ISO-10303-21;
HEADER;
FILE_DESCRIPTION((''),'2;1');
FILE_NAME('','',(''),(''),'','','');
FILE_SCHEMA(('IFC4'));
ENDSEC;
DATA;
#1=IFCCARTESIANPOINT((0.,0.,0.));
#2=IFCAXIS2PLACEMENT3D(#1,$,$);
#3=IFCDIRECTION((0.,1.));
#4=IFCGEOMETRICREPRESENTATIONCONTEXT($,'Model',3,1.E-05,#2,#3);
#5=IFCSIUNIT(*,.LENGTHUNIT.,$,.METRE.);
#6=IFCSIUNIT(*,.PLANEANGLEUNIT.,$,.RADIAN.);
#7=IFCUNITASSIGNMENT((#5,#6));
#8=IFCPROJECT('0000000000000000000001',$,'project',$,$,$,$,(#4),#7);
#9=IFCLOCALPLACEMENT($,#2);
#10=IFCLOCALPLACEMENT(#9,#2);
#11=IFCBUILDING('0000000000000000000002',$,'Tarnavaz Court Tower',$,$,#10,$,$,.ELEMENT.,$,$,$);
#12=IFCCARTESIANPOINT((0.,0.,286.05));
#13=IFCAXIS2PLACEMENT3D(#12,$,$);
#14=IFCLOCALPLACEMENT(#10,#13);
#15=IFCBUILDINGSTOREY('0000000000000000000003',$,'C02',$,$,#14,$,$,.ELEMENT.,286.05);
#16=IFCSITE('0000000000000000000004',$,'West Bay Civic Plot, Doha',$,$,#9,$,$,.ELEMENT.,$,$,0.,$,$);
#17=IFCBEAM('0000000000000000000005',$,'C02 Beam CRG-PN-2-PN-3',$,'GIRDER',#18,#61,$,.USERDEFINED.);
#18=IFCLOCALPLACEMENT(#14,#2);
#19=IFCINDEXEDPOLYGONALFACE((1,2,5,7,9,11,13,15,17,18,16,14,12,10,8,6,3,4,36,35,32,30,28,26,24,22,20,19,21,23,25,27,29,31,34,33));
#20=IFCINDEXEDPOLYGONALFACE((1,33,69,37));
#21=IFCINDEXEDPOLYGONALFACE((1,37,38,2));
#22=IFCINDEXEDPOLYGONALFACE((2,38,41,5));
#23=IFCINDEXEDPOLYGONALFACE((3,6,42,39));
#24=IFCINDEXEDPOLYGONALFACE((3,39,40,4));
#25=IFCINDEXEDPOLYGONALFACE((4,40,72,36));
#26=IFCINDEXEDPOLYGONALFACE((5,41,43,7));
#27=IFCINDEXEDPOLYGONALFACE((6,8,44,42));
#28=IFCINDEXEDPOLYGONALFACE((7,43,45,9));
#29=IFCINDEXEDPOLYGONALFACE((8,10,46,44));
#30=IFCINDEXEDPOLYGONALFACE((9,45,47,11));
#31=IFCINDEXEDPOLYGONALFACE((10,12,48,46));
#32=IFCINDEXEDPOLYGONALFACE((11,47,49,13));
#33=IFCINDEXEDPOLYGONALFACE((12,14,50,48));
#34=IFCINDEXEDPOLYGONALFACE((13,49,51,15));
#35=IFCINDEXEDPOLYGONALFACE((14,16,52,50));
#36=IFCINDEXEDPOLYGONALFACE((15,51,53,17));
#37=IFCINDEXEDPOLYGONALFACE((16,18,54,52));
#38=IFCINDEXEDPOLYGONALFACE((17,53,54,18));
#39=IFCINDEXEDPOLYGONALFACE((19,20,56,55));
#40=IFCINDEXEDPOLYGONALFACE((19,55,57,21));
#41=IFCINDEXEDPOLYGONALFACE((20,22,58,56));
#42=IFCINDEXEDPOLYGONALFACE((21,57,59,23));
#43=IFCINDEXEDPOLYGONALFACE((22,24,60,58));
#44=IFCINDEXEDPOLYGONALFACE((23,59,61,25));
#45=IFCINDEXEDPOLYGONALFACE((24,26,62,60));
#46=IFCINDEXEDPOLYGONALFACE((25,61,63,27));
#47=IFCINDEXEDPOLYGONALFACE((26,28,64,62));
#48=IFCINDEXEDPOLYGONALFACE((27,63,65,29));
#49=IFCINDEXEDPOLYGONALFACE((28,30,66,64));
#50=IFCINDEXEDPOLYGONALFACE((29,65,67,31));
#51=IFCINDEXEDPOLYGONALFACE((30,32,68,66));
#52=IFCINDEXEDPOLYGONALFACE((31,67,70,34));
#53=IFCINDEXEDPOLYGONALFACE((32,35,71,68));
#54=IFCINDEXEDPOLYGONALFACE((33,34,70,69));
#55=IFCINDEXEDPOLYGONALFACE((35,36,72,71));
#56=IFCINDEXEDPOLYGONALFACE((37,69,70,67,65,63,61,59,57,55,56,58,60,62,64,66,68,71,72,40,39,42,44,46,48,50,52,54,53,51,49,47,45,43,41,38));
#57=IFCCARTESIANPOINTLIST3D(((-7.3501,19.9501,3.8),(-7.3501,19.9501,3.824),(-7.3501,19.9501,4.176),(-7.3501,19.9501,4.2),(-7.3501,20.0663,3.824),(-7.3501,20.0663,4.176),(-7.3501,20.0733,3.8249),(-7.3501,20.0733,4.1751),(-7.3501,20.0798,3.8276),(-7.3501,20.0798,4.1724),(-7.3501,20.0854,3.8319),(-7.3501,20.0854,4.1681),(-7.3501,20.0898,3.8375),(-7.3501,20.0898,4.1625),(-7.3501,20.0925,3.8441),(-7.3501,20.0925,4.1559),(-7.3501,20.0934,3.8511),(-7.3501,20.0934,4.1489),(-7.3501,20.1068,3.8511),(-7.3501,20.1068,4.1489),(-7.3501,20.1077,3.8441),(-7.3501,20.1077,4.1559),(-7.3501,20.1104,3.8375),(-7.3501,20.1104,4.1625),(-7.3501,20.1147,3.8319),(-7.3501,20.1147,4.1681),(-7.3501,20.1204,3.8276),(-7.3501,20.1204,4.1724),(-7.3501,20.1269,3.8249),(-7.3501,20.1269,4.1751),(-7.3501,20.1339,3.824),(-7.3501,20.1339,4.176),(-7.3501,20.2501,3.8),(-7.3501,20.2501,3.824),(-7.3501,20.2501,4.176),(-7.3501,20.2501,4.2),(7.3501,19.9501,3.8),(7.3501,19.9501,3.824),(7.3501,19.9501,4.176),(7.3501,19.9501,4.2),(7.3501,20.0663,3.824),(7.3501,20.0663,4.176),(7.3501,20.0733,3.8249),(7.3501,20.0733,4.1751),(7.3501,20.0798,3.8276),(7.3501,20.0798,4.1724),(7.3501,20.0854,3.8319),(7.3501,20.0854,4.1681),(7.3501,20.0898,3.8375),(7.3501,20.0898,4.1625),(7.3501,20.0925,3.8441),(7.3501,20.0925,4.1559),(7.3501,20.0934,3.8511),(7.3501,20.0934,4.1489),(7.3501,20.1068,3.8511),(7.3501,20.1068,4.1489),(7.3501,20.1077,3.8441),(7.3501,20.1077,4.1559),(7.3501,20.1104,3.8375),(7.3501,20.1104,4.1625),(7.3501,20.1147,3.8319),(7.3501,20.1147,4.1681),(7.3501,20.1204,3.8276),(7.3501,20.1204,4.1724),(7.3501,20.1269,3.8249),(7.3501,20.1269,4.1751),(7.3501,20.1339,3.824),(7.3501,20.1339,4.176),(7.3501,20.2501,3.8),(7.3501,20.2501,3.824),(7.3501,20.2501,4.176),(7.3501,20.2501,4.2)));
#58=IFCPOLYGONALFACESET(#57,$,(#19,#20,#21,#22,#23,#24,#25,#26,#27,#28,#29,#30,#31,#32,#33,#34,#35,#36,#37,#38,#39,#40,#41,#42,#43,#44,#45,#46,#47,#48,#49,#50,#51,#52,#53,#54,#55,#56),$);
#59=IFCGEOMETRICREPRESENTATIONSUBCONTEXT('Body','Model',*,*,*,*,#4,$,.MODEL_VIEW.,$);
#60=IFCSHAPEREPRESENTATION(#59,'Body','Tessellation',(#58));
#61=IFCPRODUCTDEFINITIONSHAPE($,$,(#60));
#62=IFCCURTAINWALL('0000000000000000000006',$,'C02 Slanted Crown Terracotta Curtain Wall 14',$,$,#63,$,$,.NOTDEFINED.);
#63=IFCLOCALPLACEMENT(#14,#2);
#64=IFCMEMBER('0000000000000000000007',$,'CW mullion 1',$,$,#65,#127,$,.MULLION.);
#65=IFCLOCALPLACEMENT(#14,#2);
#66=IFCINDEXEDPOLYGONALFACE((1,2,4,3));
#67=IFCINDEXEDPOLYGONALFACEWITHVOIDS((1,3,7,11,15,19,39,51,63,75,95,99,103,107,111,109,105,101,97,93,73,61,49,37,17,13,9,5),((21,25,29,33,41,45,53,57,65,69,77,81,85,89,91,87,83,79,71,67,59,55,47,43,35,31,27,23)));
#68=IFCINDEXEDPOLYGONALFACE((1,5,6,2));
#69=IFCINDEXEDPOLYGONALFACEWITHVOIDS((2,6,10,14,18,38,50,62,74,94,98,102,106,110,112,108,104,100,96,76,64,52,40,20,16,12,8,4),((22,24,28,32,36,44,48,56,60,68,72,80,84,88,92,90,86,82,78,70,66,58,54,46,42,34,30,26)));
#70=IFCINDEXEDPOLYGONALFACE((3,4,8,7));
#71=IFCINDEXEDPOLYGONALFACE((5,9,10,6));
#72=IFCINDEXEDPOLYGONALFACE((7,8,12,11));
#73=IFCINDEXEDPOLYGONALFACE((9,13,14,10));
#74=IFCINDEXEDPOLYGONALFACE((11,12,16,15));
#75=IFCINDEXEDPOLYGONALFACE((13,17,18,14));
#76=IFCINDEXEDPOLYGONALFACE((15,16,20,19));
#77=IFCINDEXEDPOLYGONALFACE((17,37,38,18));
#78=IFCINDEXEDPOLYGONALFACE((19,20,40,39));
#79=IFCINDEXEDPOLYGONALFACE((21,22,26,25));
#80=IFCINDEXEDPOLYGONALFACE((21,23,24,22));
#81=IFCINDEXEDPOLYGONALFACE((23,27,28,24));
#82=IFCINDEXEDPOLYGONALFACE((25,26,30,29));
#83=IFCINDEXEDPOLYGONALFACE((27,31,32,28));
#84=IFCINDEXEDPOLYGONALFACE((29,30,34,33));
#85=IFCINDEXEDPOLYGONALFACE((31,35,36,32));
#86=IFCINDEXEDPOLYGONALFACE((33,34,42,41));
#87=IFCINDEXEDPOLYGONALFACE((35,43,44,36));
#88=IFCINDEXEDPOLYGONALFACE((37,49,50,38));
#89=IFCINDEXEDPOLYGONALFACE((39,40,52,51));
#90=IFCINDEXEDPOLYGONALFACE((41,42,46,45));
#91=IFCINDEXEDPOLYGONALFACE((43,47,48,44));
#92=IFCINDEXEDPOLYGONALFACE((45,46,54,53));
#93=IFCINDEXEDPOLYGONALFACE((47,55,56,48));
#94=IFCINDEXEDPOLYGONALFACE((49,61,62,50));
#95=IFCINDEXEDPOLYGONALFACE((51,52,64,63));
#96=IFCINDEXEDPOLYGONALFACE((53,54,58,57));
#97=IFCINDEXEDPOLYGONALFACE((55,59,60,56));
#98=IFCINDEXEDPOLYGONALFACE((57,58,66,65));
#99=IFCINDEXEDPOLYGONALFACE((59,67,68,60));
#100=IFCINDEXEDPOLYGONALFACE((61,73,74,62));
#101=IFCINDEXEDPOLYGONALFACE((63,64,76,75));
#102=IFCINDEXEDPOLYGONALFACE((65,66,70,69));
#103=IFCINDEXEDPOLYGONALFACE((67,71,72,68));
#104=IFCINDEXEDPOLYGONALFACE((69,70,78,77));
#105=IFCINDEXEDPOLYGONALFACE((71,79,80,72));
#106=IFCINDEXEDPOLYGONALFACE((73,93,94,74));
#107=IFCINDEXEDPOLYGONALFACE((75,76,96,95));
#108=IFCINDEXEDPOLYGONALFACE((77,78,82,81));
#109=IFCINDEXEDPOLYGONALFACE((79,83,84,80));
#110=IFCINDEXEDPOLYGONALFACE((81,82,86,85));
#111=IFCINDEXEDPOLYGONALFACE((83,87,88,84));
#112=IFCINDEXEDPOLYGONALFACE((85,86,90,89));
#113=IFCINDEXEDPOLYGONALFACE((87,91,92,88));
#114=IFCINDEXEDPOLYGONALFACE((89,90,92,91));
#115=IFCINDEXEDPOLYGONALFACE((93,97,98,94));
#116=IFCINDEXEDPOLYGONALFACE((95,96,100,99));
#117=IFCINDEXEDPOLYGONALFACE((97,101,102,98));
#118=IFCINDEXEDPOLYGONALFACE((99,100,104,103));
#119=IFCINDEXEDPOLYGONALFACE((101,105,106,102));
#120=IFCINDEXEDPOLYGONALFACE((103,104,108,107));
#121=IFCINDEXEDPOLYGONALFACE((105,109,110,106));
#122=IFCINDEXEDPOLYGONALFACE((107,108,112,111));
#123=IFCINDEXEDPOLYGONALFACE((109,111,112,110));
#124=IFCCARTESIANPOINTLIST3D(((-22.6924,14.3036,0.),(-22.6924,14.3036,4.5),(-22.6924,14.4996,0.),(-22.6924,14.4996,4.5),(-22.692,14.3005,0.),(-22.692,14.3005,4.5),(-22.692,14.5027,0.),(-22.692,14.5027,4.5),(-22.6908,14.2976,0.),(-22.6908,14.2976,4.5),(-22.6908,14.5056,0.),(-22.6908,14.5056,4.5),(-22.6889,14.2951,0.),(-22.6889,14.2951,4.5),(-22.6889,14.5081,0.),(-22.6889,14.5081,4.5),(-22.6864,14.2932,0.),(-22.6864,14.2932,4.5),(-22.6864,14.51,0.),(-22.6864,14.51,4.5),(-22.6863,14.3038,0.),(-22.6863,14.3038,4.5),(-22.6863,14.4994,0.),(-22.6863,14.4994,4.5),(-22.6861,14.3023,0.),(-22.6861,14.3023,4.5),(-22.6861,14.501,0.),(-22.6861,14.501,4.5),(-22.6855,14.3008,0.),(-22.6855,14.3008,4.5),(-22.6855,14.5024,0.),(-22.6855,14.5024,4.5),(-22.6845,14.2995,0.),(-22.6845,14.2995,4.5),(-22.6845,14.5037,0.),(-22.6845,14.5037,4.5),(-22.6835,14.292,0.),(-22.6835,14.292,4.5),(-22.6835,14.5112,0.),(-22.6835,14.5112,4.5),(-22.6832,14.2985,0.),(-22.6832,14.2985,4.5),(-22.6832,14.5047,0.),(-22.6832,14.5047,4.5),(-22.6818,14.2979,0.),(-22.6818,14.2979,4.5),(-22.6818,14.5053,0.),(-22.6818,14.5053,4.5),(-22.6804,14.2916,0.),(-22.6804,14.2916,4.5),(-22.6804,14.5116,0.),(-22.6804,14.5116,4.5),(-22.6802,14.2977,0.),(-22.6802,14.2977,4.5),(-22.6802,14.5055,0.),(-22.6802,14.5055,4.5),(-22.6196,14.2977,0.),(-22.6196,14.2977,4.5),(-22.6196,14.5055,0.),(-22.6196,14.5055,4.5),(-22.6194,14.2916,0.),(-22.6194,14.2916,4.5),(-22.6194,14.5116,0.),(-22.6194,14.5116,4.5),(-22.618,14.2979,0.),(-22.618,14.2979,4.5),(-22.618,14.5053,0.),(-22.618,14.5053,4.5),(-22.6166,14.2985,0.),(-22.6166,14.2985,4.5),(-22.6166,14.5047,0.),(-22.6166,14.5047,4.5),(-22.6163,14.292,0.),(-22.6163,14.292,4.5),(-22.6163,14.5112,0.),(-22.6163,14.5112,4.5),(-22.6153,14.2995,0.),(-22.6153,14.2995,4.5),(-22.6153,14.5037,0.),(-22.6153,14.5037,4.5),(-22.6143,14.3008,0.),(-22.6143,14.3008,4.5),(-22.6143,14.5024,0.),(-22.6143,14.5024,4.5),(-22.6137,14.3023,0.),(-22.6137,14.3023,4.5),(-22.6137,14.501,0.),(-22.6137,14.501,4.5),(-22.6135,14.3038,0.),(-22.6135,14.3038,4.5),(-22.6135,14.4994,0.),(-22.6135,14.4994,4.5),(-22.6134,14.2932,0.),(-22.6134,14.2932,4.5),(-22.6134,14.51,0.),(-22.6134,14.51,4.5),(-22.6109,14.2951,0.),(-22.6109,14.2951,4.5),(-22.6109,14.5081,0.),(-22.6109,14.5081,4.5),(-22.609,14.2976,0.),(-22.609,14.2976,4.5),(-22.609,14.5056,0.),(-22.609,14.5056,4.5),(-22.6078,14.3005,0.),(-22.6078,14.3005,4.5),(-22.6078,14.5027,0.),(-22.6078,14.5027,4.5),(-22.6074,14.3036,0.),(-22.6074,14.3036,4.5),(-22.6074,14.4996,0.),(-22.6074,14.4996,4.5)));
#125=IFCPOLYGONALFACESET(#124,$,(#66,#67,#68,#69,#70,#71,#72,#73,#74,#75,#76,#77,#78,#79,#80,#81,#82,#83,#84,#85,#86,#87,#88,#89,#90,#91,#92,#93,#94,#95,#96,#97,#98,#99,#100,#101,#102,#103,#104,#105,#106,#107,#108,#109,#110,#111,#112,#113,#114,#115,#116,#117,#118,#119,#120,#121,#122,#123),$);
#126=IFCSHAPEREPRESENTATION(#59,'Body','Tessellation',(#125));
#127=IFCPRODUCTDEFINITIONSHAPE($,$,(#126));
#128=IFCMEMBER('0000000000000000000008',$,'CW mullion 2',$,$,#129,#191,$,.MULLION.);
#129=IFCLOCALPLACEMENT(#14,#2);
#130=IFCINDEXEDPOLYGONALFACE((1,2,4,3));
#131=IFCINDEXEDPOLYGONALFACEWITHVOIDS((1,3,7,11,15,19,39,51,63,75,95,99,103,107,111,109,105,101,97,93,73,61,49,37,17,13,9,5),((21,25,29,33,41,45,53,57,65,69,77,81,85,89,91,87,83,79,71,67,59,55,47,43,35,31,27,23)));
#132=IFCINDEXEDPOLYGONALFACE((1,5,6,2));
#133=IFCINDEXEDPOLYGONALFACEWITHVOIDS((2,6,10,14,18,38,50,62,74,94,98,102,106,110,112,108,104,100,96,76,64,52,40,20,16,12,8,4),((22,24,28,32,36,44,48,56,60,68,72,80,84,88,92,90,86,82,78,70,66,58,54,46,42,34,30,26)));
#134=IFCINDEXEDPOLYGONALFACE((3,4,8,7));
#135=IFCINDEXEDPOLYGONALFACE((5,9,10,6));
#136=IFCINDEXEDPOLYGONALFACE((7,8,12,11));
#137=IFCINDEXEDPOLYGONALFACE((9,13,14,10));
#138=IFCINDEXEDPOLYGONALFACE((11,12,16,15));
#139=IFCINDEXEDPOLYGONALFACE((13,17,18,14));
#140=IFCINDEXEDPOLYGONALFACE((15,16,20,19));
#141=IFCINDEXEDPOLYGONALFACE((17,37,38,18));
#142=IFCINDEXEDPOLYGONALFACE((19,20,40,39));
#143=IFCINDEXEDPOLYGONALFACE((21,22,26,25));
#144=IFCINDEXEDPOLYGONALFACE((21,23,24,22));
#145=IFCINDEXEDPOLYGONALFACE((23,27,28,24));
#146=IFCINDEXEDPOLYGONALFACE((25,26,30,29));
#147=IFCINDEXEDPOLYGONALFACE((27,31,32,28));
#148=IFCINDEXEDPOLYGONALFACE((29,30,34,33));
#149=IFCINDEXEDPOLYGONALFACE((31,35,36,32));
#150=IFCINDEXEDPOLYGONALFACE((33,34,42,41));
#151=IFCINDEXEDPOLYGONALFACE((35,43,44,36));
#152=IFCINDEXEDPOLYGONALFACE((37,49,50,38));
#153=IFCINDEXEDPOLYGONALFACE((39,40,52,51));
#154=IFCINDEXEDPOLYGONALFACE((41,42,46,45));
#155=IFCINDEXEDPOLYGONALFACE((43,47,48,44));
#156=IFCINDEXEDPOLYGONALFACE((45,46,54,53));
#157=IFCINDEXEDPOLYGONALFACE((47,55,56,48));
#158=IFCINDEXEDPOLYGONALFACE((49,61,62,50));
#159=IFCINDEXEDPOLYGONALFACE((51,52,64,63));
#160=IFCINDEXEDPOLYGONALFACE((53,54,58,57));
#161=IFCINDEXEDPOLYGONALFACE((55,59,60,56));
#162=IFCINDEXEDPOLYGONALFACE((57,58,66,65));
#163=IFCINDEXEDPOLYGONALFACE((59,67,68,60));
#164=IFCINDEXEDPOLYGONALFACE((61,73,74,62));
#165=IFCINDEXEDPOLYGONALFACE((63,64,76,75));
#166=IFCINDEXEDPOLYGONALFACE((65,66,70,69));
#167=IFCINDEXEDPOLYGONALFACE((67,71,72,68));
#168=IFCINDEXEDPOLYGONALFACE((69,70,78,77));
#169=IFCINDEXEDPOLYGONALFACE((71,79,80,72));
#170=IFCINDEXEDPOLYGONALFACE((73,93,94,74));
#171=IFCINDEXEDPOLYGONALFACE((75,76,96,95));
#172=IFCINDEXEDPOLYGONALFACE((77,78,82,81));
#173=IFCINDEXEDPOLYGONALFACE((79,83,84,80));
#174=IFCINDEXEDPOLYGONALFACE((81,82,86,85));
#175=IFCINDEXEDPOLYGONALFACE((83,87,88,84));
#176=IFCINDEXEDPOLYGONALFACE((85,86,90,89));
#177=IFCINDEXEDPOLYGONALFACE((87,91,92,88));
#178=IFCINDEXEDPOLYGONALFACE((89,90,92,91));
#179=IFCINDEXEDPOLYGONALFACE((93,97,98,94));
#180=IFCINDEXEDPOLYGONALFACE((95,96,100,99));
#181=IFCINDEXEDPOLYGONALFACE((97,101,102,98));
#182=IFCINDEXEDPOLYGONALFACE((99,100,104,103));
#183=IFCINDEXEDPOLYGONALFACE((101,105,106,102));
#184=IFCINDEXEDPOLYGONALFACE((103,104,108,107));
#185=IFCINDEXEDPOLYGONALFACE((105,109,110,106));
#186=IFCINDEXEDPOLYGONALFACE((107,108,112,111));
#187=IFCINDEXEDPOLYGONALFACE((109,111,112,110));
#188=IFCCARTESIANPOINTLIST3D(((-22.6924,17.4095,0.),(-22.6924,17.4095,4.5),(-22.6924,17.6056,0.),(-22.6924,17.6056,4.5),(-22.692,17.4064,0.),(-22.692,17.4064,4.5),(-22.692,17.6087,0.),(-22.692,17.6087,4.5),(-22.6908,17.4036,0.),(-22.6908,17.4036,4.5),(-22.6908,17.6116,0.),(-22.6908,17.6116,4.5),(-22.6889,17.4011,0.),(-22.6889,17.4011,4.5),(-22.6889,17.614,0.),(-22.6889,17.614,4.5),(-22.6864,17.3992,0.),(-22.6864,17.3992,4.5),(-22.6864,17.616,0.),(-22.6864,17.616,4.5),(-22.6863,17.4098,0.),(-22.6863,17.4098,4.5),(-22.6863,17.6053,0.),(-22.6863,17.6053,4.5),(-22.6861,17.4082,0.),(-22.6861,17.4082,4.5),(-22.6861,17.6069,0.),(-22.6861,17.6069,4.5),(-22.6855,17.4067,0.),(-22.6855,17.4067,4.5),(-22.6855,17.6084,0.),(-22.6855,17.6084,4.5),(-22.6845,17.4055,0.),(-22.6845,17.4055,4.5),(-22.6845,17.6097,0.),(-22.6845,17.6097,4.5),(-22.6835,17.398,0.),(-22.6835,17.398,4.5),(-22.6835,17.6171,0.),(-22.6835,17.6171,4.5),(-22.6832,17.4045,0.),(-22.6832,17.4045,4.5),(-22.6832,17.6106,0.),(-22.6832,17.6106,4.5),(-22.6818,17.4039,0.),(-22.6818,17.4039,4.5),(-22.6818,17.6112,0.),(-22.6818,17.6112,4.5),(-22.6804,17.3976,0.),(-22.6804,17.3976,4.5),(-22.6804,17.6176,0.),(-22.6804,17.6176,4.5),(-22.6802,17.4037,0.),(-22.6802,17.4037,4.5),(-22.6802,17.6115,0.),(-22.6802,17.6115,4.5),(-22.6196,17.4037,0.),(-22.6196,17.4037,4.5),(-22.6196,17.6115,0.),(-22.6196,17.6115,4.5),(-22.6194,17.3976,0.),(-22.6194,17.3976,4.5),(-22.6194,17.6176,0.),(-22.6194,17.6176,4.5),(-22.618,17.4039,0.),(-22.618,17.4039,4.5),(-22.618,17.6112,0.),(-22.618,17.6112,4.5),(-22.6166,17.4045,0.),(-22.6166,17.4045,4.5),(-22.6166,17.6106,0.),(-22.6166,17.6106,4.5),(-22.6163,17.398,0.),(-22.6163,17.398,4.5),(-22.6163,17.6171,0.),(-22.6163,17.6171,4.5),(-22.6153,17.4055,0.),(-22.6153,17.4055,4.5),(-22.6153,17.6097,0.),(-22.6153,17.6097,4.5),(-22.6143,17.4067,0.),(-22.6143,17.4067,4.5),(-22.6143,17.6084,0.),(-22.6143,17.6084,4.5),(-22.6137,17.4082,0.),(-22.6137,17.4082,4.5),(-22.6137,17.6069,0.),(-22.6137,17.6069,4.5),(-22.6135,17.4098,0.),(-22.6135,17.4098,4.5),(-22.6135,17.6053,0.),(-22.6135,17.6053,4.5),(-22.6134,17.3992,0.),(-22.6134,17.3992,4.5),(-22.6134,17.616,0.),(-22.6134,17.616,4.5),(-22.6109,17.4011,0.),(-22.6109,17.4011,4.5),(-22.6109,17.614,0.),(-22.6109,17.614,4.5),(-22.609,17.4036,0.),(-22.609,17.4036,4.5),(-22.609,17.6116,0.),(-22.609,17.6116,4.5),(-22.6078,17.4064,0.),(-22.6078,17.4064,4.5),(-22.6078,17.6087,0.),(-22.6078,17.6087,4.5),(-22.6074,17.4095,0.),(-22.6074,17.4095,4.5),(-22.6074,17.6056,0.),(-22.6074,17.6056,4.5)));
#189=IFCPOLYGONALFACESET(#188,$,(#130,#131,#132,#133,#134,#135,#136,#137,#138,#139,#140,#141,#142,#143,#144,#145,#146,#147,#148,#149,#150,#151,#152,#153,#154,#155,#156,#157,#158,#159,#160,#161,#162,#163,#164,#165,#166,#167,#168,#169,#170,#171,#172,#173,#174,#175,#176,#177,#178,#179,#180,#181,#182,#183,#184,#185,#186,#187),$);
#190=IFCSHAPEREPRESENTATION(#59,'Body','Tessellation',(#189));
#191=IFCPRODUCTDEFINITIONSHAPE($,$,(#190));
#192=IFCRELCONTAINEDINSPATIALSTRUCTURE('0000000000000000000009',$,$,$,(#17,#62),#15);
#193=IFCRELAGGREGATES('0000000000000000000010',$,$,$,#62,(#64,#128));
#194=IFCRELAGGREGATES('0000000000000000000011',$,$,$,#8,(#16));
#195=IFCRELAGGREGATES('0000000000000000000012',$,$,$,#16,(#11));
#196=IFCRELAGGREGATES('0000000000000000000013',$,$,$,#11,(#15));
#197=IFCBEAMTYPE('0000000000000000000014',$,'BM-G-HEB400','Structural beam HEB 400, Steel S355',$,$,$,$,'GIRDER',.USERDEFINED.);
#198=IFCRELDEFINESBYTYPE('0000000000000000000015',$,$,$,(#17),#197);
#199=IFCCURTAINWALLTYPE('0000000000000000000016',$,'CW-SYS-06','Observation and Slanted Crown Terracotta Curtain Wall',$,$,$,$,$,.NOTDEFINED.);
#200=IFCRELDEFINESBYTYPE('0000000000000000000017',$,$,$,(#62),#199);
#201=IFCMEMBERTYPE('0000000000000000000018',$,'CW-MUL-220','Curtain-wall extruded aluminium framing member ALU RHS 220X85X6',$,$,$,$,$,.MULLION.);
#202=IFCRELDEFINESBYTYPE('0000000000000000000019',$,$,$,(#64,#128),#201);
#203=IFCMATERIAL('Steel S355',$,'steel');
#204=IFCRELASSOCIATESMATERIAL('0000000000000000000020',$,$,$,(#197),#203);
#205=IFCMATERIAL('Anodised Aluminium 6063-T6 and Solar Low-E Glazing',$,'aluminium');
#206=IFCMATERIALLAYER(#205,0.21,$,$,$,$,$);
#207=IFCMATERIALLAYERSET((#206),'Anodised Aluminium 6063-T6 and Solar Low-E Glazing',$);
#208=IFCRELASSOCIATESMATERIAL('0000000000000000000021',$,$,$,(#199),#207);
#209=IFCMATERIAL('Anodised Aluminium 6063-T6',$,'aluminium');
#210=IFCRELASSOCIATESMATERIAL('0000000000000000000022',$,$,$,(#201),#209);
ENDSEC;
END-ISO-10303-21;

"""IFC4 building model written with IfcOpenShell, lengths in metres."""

from ifc_helpers import new_model, si_unit, direction, frame, origin, origin_2d, place, context, subcontext, project, spatial, hollow_rectangle, i_section, extrude, material, layer, layer_set, material_profile, profile_set, type_object, element, aggregate, save


model = new_model("IFC4")

# Units and contexts
model_context = context("Model", 3, precision=1e-05, world=origin(), true_north=direction((0.0, 1.0)))
body_context = subcontext(model_context, "Body", "Model", "MODEL_VIEW")
ifc_project = project(units=[si_unit("LENGTHUNIT", "METRE"), si_unit("PLANEANGLEUNIT", "RADIAN")], contexts=[model_context])

# Site, building, storey
site_placement = place(None, origin())
site = spatial("IfcSite", under=ifc_project, at=site_placement, Name="West Bay Civic Plot, Doha", CompositionType="ELEMENT", RefElevation=0.0)
building_placement = place(site_placement, origin())
building = spatial("IfcBuilding", under=site, at=building_placement, Name="Tarnavaz Court Tower", CompositionType="ELEMENT")
storey_placement = place(building_placement, frame((0.0, 0.0, 286.05)))
storey = spatial("IfcBuildingStorey", under=building, at=storey_placement, Name="C02", CompositionType="ELEMENT", Elevation=286.05)

# Shared definitions
ifc_material_1 = material(Name="Steel S355", Category="steel")

# Beam
ifc_material_profile_1 = material_profile(ifc_material_1, i_section(OverallWidth=0.3, OverallDepth=0.3999, WebThickness=0.0134, FlangeThickness=0.0239, FilletRadius=0.0271, at=origin_2d()), Name="HEB 400")
ifc_profile_set_1 = profile_set([ifc_material_profile_1], Name="Steel S355")
beam_type = type_object("IfcBeamType", Name="BM-G-HEB400", Description="Structural beam HEB 400, Steel S355", ElementType="GIRDER", PredefinedType="USERDEFINED", material=ifc_profile_set_1)
beam_1_placement = place(storey_placement, frame((-7.3501, 20.1001, 4.0), z_axis=(1.0, 0.0, 0.0), x_axis=(0.0, 1.0, 0.0)))
element("IfcBeam", 1, at=beam_1_placement, inside=storey, type_object=beam_type, Name="C02 Beam CRG-PN-2-PN-3", ObjectType="GIRDER", PredefinedType="USERDEFINED", context=body_context, shape_type="SweptSolid", body=[
    extrude(i_section(OverallWidth=0.3, OverallDepth=0.3999, WebThickness=0.0134, FlangeThickness=0.0239, FilletRadius=0.0271, at=origin_2d()), origin(), (0.0, 0.0, 1.0), 14.7002),
])

# Curtain wall, members
ifc_material_2 = material(Name="Anodised Aluminium 6063-T6 and Solar Low-E Glazing", Category="aluminium")
ifc_layer_1 = layer(ifc_material_2, 0.21)
ifc_layer_set_1 = layer_set([ifc_layer_1], Name="Anodised Aluminium 6063-T6 and Solar Low-E Glazing")
curtain_wall_type = type_object("IfcCurtainWallType", Name="CW-SYS-06", Description="Observation and Slanted Crown Terracotta Curtain Wall", PredefinedType="NOTDEFINED", material=ifc_layer_set_1)
curtain_wall_1_placement = place(storey_placement, origin())
curtain_wall_1 = element("IfcCurtainWall", 2, at=curtain_wall_1_placement, inside=storey, type_object=curtain_wall_type, Name="C02 Slanted Crown Terracotta Curtain Wall 14", PredefinedType="NOTDEFINED")
ifc_material_3 = material(Name="Anodised Aluminium 6063-T6", Category="aluminium")
ifc_material_profile_2 = material_profile(ifc_material_3, hollow_rectangle(XDim=0.085, YDim=0.22, WallThickness=0.0061, InnerFilletRadius=0.0061, OuterFilletRadius=0.012, at=origin_2d()), Name="ALU RHS 220X85X6")
ifc_profile_set_2 = profile_set([ifc_material_profile_2], Name="Anodised Aluminium 6063-T6")
member_type_1 = type_object("IfcMemberType", Name="CW-MUL-220", Description="Curtain-wall extruded aluminium framing member ALU RHS 220X85X6", PredefinedType="MULLION", material=ifc_profile_set_2)
member_1_placement = place(storey_placement, frame((-22.6499, 14.4016, 0.0), z_axis=(0.0, 0.0, 1.0), x_axis=(-1.0, 0.0, 0.0)))
member_1 = element("IfcMember", 3, at=member_1_placement, type_object=member_type_1, Name="CW mullion 1", PredefinedType="MULLION", context=body_context, shape_type="SweptSolid", body=[
    extrude(hollow_rectangle(XDim=0.085, YDim=0.22, WallThickness=0.0061, InnerFilletRadius=0.0061, OuterFilletRadius=0.012, at=origin_2d()), origin(), (0.0, 0.0, 1.0), 4.5),
])
member_2_placement = place(storey_placement, frame((-22.6499, 17.5076, 0.0), z_axis=(0.0, 0.0, 1.0), x_axis=(-1.0, 0.0, 0.0)))
member_2 = element("IfcMember", 4, at=member_2_placement, type_object=member_type_1, Name="CW mullion 2", PredefinedType="MULLION", context=body_context, shape_type="SweptSolid", body=[
    extrude(hollow_rectangle(XDim=0.085, YDim=0.22, WallThickness=0.0061, InnerFilletRadius=0.0061, OuterFilletRadius=0.012, at=origin_2d()), origin(), (0.0, 0.0, 1.0), 4.5),
])

aggregate(curtain_wall_1, [member_1, member_2])

save(model, "model.ifc")
